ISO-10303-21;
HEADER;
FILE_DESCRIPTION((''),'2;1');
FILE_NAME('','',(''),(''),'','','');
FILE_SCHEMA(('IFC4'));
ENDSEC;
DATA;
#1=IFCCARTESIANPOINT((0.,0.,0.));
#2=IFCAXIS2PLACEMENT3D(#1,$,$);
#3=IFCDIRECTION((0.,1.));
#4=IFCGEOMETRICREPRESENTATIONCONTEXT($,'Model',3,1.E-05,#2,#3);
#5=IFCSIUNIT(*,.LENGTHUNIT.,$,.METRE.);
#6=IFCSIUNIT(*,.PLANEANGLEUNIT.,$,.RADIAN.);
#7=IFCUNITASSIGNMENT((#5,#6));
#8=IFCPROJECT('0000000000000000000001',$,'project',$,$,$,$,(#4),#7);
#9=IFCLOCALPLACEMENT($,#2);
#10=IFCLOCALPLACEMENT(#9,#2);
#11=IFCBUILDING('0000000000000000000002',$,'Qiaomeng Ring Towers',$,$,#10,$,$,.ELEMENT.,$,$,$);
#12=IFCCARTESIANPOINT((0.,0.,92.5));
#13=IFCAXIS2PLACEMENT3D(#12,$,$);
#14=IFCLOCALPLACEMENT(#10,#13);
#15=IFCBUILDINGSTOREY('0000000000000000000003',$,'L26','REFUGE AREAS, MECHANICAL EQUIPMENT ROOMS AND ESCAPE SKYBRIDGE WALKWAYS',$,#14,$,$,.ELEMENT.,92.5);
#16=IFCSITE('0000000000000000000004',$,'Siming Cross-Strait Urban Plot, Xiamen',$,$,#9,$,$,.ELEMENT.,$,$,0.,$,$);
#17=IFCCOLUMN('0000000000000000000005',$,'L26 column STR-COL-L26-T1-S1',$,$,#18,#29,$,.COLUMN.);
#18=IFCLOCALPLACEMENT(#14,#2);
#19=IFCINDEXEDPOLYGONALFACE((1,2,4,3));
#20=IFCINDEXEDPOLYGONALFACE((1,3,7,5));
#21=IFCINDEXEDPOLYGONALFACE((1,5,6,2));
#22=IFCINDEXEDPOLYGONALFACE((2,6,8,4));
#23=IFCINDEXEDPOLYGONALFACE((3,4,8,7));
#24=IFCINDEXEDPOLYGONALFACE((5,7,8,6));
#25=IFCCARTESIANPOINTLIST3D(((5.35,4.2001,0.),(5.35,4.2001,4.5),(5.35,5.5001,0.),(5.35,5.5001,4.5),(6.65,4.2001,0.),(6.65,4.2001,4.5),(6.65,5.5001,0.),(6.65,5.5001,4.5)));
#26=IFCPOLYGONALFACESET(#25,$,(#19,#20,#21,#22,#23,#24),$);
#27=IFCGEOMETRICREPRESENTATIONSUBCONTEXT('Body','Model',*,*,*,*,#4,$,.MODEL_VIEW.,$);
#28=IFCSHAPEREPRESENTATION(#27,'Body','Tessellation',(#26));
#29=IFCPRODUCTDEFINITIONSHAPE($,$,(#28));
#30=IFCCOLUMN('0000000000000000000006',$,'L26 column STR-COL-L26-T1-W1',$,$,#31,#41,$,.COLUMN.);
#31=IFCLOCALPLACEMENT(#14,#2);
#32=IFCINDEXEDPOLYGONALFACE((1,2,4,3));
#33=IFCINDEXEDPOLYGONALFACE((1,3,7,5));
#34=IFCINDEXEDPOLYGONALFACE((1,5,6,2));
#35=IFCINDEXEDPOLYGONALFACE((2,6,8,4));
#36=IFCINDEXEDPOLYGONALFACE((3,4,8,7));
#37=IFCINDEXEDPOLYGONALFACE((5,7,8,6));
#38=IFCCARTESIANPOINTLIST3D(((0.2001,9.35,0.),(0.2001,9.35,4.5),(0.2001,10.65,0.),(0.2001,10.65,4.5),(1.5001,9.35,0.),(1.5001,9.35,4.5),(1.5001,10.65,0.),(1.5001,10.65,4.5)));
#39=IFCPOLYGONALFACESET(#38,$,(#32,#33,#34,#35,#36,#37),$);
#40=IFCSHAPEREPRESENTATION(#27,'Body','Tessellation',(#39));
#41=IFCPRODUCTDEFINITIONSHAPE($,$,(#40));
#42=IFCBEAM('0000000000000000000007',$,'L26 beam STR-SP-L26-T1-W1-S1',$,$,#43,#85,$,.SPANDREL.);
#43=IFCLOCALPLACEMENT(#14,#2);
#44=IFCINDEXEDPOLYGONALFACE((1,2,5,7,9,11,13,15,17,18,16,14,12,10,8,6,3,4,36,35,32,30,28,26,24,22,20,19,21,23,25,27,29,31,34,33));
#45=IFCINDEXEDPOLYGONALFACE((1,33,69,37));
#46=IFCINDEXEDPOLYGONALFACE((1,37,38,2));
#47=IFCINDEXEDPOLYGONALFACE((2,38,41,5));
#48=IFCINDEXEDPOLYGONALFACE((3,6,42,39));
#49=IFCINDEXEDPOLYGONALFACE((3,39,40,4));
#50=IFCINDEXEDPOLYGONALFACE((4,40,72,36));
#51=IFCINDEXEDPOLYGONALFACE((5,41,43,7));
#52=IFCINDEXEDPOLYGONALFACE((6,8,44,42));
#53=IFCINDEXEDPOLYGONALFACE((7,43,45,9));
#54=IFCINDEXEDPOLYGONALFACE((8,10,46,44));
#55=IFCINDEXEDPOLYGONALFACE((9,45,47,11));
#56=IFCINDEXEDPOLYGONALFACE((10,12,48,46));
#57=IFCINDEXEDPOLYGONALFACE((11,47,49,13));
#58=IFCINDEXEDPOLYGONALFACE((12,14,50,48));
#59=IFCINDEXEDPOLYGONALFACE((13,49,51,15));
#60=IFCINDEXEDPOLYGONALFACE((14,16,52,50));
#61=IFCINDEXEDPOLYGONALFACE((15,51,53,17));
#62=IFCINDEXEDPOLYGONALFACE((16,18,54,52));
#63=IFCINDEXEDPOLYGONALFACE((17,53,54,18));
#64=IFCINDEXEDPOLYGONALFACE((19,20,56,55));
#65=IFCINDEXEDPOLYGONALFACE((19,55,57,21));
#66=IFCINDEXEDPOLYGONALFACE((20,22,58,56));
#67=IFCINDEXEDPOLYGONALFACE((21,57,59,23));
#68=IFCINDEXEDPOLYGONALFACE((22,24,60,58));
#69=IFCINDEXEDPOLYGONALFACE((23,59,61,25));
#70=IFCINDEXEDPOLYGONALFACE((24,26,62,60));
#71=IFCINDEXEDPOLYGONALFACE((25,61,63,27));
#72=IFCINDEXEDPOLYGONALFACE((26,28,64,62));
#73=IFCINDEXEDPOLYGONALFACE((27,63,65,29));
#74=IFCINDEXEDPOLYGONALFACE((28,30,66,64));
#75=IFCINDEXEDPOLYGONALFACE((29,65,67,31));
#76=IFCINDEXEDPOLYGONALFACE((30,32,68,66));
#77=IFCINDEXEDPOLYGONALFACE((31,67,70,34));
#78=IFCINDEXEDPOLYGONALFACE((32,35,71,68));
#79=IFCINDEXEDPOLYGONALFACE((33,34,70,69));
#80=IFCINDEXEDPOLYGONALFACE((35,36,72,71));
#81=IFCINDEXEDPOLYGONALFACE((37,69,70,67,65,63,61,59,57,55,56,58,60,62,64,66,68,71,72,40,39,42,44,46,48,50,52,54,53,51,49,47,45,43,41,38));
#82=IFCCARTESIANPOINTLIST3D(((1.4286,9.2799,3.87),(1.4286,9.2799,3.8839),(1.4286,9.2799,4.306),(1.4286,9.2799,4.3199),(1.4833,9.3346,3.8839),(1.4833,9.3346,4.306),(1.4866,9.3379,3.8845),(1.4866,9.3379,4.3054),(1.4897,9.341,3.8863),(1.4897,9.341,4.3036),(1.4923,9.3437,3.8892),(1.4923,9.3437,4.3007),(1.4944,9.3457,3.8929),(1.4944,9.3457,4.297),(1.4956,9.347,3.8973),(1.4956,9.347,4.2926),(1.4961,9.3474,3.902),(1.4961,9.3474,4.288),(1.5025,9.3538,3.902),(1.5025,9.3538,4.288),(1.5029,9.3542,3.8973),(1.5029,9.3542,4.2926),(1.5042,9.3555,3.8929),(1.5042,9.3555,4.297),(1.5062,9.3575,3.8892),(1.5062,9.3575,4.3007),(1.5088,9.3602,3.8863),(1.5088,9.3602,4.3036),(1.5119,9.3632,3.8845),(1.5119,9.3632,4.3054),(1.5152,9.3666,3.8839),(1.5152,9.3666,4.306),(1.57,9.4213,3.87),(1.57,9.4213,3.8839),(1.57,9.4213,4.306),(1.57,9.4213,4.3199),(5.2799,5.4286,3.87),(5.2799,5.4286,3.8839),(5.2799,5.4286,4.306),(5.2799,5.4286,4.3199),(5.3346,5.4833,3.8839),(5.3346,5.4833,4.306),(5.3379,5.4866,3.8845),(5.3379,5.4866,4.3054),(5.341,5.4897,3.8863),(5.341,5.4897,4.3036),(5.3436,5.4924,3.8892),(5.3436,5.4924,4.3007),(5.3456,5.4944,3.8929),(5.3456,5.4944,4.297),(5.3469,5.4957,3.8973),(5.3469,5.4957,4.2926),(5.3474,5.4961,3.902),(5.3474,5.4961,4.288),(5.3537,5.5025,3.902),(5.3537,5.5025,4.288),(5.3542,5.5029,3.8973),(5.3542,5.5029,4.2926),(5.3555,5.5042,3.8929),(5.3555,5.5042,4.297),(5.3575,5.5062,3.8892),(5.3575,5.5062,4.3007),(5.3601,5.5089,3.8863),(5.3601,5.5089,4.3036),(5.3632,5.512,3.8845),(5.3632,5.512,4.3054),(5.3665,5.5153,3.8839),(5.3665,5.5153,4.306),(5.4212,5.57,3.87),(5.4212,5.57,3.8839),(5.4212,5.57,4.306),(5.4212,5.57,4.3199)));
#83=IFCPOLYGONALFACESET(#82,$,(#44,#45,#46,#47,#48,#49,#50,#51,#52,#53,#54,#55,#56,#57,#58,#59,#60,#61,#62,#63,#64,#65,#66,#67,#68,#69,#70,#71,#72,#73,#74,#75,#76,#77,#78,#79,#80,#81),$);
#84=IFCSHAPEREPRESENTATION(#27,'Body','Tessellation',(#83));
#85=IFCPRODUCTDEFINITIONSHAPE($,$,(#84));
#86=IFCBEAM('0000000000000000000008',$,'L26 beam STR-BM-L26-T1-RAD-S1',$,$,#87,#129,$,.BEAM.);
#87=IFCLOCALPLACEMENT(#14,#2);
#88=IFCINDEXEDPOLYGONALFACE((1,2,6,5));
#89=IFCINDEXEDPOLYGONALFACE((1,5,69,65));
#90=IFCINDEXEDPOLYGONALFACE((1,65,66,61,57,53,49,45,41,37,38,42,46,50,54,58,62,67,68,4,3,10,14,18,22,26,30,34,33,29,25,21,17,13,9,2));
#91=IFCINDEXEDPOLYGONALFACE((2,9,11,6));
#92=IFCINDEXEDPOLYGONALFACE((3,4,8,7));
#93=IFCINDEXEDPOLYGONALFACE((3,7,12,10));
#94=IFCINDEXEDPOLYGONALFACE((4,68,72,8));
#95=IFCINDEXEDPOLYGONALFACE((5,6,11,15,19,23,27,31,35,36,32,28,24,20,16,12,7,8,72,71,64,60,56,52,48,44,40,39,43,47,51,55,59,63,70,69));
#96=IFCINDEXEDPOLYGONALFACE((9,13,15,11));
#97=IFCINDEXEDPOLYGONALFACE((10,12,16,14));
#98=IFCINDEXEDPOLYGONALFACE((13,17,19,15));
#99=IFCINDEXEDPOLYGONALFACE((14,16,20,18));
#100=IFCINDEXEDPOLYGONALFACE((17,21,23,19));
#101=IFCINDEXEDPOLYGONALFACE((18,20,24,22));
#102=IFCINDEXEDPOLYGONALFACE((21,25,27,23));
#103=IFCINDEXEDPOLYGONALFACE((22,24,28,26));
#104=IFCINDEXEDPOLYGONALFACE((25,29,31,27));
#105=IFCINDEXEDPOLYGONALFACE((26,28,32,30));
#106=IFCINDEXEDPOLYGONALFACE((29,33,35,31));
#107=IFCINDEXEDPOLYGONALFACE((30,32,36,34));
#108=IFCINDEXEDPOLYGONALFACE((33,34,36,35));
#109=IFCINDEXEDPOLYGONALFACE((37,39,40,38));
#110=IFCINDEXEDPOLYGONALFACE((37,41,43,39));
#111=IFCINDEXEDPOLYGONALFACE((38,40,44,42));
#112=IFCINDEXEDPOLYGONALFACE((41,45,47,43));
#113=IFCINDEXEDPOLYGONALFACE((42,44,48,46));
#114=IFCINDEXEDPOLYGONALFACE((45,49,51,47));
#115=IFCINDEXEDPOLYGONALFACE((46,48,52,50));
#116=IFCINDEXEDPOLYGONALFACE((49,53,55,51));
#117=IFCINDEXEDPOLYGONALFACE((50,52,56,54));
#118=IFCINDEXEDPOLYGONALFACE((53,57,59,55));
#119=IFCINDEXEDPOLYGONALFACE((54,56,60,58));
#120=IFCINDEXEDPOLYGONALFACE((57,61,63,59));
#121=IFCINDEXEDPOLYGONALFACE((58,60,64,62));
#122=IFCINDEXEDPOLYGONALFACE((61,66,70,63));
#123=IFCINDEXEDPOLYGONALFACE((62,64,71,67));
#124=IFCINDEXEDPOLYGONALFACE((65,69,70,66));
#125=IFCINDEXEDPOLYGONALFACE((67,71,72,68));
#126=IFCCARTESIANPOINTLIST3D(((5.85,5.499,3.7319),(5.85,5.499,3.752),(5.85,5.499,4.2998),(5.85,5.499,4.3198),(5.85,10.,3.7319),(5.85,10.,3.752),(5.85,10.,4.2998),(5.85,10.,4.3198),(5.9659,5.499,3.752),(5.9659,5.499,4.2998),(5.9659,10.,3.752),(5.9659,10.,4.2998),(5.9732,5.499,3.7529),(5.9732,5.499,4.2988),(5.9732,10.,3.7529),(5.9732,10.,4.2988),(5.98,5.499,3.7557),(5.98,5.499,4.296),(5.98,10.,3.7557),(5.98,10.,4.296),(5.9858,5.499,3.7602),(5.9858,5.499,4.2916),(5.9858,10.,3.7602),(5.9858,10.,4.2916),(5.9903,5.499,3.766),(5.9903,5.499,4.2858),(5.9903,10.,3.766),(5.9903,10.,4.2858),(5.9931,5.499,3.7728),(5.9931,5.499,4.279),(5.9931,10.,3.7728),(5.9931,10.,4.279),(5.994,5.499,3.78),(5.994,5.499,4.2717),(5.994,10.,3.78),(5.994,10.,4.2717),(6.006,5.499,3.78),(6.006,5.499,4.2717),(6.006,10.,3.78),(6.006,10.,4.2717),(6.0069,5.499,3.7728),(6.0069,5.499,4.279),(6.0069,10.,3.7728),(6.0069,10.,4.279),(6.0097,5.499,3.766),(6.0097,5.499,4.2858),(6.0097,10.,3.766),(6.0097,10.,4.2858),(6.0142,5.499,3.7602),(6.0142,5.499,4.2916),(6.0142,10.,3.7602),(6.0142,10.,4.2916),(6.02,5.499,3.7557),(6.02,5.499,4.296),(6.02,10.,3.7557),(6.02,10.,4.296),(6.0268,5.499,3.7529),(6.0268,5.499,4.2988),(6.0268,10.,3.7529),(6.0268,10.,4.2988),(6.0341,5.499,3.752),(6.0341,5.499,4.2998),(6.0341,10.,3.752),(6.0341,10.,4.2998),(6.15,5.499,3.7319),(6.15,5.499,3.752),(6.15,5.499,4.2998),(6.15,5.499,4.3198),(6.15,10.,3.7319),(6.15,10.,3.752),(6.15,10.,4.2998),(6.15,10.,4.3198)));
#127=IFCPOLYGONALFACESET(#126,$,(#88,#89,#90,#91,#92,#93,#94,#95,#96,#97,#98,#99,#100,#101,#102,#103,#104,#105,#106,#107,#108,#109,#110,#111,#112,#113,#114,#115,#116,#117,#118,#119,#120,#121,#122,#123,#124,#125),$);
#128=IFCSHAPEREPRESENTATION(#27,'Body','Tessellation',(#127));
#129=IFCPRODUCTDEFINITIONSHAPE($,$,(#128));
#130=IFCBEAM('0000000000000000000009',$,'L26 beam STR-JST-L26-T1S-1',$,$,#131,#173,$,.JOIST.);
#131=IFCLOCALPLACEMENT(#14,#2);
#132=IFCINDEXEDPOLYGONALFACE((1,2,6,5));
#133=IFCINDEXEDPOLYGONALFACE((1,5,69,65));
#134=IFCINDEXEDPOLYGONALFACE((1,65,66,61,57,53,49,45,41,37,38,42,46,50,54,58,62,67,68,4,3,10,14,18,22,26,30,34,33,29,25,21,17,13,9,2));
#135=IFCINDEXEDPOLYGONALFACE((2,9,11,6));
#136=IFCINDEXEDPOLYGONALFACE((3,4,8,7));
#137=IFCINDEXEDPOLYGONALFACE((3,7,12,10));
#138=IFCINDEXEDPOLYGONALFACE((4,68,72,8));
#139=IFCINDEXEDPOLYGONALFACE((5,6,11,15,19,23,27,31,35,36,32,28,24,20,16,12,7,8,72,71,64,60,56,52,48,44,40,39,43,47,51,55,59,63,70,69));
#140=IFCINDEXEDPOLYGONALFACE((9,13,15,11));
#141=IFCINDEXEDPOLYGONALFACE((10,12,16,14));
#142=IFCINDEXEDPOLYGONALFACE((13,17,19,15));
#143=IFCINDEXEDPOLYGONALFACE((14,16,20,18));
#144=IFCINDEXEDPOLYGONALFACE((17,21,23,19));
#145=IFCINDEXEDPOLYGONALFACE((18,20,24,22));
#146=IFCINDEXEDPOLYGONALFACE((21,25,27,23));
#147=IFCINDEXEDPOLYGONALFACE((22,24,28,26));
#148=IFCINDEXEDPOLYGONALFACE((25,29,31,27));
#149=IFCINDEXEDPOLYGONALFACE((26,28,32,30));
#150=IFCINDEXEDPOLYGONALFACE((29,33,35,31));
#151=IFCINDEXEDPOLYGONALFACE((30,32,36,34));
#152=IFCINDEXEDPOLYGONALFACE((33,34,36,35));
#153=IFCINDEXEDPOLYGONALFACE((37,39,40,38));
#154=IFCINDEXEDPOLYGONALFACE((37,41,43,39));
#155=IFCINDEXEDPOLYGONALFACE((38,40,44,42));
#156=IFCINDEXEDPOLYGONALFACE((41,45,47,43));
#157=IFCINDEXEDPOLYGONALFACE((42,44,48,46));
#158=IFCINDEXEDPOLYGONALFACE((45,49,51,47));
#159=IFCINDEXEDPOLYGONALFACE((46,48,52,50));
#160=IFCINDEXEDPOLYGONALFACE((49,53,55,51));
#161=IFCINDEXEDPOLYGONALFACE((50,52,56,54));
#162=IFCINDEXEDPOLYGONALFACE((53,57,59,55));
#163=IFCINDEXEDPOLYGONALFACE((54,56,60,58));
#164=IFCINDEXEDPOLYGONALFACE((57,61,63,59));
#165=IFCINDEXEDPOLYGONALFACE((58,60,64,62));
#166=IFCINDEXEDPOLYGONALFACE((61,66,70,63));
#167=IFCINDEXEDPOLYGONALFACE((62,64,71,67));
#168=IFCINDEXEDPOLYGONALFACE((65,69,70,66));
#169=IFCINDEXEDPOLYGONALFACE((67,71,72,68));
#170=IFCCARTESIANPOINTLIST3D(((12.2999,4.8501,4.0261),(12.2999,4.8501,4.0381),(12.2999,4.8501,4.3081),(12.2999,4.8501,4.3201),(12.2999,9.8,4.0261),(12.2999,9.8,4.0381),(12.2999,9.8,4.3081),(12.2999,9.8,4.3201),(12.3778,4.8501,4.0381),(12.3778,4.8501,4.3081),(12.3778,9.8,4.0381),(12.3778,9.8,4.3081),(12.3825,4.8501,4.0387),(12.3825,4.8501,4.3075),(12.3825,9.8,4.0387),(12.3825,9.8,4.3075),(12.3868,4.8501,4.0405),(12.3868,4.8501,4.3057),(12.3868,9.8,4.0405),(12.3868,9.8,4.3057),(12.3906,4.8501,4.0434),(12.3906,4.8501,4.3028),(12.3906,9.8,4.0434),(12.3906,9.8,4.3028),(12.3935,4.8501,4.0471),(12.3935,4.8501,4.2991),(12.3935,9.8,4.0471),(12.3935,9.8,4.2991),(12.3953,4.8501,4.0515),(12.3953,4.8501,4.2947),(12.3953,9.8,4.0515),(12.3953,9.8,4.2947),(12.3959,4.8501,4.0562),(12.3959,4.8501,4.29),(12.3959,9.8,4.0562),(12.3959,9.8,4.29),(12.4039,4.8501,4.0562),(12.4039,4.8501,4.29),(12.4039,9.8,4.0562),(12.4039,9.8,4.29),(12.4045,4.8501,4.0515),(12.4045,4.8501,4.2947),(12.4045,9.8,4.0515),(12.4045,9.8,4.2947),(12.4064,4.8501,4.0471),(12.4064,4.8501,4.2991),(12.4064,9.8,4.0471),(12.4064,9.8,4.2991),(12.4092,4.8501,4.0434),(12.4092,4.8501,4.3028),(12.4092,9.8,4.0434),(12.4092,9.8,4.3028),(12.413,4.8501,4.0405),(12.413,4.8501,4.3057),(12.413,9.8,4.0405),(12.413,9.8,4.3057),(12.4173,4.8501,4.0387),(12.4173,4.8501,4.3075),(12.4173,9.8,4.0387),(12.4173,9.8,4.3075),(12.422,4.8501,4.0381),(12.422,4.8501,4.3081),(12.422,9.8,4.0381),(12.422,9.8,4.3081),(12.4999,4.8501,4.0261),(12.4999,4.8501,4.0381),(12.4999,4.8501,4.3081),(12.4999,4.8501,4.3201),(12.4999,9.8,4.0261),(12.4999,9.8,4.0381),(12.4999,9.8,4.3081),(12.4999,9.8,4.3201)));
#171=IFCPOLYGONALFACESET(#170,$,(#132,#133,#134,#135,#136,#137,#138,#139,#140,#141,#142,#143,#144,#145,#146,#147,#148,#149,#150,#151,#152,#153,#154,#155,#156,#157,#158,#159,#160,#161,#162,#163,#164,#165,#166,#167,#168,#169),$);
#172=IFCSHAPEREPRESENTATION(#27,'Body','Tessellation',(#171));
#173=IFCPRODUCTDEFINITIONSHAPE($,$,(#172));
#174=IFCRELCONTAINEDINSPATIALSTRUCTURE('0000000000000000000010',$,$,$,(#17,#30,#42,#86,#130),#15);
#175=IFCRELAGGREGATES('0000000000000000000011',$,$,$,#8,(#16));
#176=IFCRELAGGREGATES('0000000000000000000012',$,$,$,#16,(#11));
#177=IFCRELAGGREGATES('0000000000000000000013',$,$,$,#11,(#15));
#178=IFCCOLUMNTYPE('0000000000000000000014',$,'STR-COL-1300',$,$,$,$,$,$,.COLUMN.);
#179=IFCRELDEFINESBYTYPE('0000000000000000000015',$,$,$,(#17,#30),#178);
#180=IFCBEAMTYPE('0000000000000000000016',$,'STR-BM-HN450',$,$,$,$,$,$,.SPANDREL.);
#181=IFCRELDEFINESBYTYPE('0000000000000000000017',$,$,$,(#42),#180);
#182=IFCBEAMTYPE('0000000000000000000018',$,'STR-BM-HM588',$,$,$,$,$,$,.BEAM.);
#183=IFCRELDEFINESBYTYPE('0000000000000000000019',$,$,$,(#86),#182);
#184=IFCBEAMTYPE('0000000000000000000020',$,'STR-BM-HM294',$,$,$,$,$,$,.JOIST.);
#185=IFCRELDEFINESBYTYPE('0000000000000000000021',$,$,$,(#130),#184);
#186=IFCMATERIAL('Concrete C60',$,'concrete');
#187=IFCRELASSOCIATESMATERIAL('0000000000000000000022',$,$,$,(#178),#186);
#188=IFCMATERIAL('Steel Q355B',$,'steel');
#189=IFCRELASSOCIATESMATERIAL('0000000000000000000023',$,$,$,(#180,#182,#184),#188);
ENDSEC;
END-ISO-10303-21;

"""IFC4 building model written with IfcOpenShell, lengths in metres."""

from ifc_helpers import new_model, si_unit, direction, frame, origin, origin_2d, place, context, subcontext, project, spatial, rectangle, i_section, extrude, source, transform, mapped, material, material_profile, profile_set, type_object, element, save


model = new_model("IFC4")

# Units and contexts
model_context = context("Model", 3, precision=1e-05, world=origin(), true_north=direction((0.0, 1.0)))
body_context = subcontext(model_context, "Body", "Model", "MODEL_VIEW")
ifc_project = project(units=[si_unit("LENGTHUNIT", "METRE"), si_unit("PLANEANGLEUNIT", "RADIAN")], contexts=[model_context])

# Site, building, storey
site_placement = place(None, origin())
site = spatial("IfcSite", under=ifc_project, at=site_placement, Name="Siming Cross-Strait Urban Plot, Xiamen", CompositionType="ELEMENT", RefElevation=0.0)
building_placement = place(site_placement, origin())
building = spatial("IfcBuilding", under=site, at=building_placement, Name="Qiaomeng Ring Towers", CompositionType="ELEMENT")
storey_placement = place(building_placement, frame((0.0, 0.0, 92.5)))
storey = spatial("IfcBuildingStorey", under=building, at=storey_placement, Name="L26", Description="REFUGE AREAS, MECHANICAL EQUIPMENT ROOMS AND ESCAPE SKYBRIDGE WALKWAYS", CompositionType="ELEMENT", Elevation=92.5)

# Columns
ifc_material_1 = material(Name="Concrete C60", Category="concrete")
ifc_material_profile_1 = material_profile(ifc_material_1, rectangle(XDim=1.3, YDim=1.3, at=origin_2d()), Name="RC COL 1300x1300")
ifc_profile_set_1 = profile_set([ifc_material_profile_1], Name="Concrete C60")
column_type = type_object("IfcColumnType", Name="STR-COL-1300", PredefinedType="COLUMN", material=ifc_profile_set_1)
shared_shape_1 = source(origin(), body_context, "Body", "SweptSolid", [
    extrude(rectangle(XDim=1.3, YDim=1.3, at=origin_2d()), origin(), (0.0, 0.0, 1.0), 4.5),
])
for number, where, z_axis, x_axis, name in (
    (1, (6.0, 4.8501, 0.0), (0.0, 0.0, 1.0), (1.0, 0.0, 0.0), "L26 column STR-COL-L26-T1-S1"),
    (2, (0.8501, 10.0, 0.0), (0.0, 0.0, 1.0), (1.0, 0.0, 0.0), "L26 column STR-COL-L26-T1-W1"),
):
    element("IfcColumn", number, at=place(storey_placement, frame(where, z_axis=z_axis, x_axis=x_axis)), inside=storey, type_object=column_type, Name=name, PredefinedType="COLUMN", context=body_context, shape_type="MappedRepresentation", body=[
        mapped(shared_shape_1, transform((0.0, 0.0, 0.0), x_axis=(1.0, 0.0, 0.0), y_axis=(0.0, 1.0, 0.0), z_axis=(0.0, 0.0, 1.0), scale=1.0)),
    ])

# Beams
ifc_material_2 = material(Name="Steel Q355B", Category="steel")
ifc_material_profile_2 = material_profile(ifc_material_2, i_section(OverallWidth=0.2, OverallDepth=0.45, WebThickness=0.009, FlangeThickness=0.0139, FilletRadius=0.0181, at=origin_2d()), Name="HN 450x200x9x14")
ifc_profile_set_2 = profile_set([ifc_material_profile_2], Name="Steel Q355B")
beam_type_1 = type_object("IfcBeamType", Name="STR-BM-HN450", PredefinedType="SPANDREL", material=ifc_profile_set_2)
shared_shape_2 = source(origin(), body_context, "Body", "SweptSolid", [
    extrude(i_section(OverallWidth=0.2, OverallDepth=0.45, WebThickness=0.009, FlangeThickness=0.0139, FilletRadius=0.0181, at=origin_2d()), origin(), (0.0, 0.0, 1.0), 5.4465),
])
beam_1_placement = place(storey_placement, frame((1.4993, 9.3506, 4.095), z_axis=(0.707107, -0.707107, 0.0), x_axis=(0.707107, 0.707107, 0.0)))
element("IfcBeam", 3, at=beam_1_placement, inside=storey, type_object=beam_type_1, Name="L26 beam STR-SP-L26-T1-W1-S1", PredefinedType="SPANDREL", context=body_context, shape_type="MappedRepresentation", body=[
    mapped(shared_shape_2, transform((0.0, 0.0, 0.0), x_axis=(1.0, 0.0, 0.0), y_axis=(0.0, 1.0, 0.0), z_axis=(0.0, 0.0, 1.0), scale=1.0)),
])
ifc_material_profile_3 = material_profile(ifc_material_2, i_section(OverallWidth=0.3, OverallDepth=0.5879, WebThickness=0.012, FlangeThickness=0.02, FilletRadius=0.0281, at=origin_2d()), Name="HM 588x300x12x20")
ifc_profile_set_3 = profile_set([ifc_material_profile_3], Name="Steel Q355B")
beam_type_2 = type_object("IfcBeamType", Name="STR-BM-HM588", PredefinedType="BEAM", material=ifc_profile_set_3)
shared_shape_3 = source(origin(), body_context, "Body", "SweptSolid", [
    extrude(i_section(OverallWidth=0.3, OverallDepth=0.5879, WebThickness=0.012, FlangeThickness=0.02, FilletRadius=0.0281, at=origin_2d()), origin(), (0.0, 0.0, 1.0), 4.501),
])
beam_2_placement = place(storey_placement, frame((6.0, 5.499, 4.0259), z_axis=(0.0, 1.0, 0.0), x_axis=(-1.0, 0.0, 0.0)))
element("IfcBeam", 4, at=beam_2_placement, inside=storey, type_object=beam_type_2, Name="L26 beam STR-BM-L26-T1-RAD-S1", PredefinedType="BEAM", context=body_context, shape_type="MappedRepresentation", body=[
    mapped(shared_shape_3, transform((0.0, 0.0, 0.0), x_axis=(1.0, 0.0, 0.0), y_axis=(0.0, 1.0, 0.0), z_axis=(0.0, 0.0, 1.0), scale=1.0)),
])
ifc_material_profile_4 = material_profile(ifc_material_2, i_section(OverallWidth=0.2, OverallDepth=0.2939, WebThickness=0.0081, FlangeThickness=0.012, FilletRadius=0.0181, at=origin_2d()), Name="HM 294x200x8x12")
ifc_profile_set_4 = profile_set([ifc_material_profile_4], Name="Steel Q355B")
beam_type_3 = type_object("IfcBeamType", Name="STR-BM-HM294", PredefinedType="JOIST", material=ifc_profile_set_4)
shared_shape_4 = source(origin(), body_context, "Body", "SweptSolid", [
    extrude(i_section(OverallWidth=0.2, OverallDepth=0.2939, WebThickness=0.0081, FlangeThickness=0.012, FilletRadius=0.0181, at=origin_2d()), origin(), (0.0, 0.0, 1.0), 4.95),
])
beam_3_placement = place(storey_placement, frame((12.3999, 4.8501, 4.1731), z_axis=(0.0, 1.0, 0.0), x_axis=(-1.0, 0.0, 0.0)))
element("IfcBeam", 5, at=beam_3_placement, inside=storey, type_object=beam_type_3, Name="L26 beam STR-JST-L26-T1S-1", PredefinedType="JOIST", context=body_context, shape_type="MappedRepresentation", body=[
    mapped(shared_shape_4, transform((0.0, 0.0, 0.0), x_axis=(1.0, 0.0, 0.0), y_axis=(0.0, 1.0, 0.0), z_axis=(0.0, 0.0, 1.0), scale=1.0)),
])

save(model, "model.ifc")
